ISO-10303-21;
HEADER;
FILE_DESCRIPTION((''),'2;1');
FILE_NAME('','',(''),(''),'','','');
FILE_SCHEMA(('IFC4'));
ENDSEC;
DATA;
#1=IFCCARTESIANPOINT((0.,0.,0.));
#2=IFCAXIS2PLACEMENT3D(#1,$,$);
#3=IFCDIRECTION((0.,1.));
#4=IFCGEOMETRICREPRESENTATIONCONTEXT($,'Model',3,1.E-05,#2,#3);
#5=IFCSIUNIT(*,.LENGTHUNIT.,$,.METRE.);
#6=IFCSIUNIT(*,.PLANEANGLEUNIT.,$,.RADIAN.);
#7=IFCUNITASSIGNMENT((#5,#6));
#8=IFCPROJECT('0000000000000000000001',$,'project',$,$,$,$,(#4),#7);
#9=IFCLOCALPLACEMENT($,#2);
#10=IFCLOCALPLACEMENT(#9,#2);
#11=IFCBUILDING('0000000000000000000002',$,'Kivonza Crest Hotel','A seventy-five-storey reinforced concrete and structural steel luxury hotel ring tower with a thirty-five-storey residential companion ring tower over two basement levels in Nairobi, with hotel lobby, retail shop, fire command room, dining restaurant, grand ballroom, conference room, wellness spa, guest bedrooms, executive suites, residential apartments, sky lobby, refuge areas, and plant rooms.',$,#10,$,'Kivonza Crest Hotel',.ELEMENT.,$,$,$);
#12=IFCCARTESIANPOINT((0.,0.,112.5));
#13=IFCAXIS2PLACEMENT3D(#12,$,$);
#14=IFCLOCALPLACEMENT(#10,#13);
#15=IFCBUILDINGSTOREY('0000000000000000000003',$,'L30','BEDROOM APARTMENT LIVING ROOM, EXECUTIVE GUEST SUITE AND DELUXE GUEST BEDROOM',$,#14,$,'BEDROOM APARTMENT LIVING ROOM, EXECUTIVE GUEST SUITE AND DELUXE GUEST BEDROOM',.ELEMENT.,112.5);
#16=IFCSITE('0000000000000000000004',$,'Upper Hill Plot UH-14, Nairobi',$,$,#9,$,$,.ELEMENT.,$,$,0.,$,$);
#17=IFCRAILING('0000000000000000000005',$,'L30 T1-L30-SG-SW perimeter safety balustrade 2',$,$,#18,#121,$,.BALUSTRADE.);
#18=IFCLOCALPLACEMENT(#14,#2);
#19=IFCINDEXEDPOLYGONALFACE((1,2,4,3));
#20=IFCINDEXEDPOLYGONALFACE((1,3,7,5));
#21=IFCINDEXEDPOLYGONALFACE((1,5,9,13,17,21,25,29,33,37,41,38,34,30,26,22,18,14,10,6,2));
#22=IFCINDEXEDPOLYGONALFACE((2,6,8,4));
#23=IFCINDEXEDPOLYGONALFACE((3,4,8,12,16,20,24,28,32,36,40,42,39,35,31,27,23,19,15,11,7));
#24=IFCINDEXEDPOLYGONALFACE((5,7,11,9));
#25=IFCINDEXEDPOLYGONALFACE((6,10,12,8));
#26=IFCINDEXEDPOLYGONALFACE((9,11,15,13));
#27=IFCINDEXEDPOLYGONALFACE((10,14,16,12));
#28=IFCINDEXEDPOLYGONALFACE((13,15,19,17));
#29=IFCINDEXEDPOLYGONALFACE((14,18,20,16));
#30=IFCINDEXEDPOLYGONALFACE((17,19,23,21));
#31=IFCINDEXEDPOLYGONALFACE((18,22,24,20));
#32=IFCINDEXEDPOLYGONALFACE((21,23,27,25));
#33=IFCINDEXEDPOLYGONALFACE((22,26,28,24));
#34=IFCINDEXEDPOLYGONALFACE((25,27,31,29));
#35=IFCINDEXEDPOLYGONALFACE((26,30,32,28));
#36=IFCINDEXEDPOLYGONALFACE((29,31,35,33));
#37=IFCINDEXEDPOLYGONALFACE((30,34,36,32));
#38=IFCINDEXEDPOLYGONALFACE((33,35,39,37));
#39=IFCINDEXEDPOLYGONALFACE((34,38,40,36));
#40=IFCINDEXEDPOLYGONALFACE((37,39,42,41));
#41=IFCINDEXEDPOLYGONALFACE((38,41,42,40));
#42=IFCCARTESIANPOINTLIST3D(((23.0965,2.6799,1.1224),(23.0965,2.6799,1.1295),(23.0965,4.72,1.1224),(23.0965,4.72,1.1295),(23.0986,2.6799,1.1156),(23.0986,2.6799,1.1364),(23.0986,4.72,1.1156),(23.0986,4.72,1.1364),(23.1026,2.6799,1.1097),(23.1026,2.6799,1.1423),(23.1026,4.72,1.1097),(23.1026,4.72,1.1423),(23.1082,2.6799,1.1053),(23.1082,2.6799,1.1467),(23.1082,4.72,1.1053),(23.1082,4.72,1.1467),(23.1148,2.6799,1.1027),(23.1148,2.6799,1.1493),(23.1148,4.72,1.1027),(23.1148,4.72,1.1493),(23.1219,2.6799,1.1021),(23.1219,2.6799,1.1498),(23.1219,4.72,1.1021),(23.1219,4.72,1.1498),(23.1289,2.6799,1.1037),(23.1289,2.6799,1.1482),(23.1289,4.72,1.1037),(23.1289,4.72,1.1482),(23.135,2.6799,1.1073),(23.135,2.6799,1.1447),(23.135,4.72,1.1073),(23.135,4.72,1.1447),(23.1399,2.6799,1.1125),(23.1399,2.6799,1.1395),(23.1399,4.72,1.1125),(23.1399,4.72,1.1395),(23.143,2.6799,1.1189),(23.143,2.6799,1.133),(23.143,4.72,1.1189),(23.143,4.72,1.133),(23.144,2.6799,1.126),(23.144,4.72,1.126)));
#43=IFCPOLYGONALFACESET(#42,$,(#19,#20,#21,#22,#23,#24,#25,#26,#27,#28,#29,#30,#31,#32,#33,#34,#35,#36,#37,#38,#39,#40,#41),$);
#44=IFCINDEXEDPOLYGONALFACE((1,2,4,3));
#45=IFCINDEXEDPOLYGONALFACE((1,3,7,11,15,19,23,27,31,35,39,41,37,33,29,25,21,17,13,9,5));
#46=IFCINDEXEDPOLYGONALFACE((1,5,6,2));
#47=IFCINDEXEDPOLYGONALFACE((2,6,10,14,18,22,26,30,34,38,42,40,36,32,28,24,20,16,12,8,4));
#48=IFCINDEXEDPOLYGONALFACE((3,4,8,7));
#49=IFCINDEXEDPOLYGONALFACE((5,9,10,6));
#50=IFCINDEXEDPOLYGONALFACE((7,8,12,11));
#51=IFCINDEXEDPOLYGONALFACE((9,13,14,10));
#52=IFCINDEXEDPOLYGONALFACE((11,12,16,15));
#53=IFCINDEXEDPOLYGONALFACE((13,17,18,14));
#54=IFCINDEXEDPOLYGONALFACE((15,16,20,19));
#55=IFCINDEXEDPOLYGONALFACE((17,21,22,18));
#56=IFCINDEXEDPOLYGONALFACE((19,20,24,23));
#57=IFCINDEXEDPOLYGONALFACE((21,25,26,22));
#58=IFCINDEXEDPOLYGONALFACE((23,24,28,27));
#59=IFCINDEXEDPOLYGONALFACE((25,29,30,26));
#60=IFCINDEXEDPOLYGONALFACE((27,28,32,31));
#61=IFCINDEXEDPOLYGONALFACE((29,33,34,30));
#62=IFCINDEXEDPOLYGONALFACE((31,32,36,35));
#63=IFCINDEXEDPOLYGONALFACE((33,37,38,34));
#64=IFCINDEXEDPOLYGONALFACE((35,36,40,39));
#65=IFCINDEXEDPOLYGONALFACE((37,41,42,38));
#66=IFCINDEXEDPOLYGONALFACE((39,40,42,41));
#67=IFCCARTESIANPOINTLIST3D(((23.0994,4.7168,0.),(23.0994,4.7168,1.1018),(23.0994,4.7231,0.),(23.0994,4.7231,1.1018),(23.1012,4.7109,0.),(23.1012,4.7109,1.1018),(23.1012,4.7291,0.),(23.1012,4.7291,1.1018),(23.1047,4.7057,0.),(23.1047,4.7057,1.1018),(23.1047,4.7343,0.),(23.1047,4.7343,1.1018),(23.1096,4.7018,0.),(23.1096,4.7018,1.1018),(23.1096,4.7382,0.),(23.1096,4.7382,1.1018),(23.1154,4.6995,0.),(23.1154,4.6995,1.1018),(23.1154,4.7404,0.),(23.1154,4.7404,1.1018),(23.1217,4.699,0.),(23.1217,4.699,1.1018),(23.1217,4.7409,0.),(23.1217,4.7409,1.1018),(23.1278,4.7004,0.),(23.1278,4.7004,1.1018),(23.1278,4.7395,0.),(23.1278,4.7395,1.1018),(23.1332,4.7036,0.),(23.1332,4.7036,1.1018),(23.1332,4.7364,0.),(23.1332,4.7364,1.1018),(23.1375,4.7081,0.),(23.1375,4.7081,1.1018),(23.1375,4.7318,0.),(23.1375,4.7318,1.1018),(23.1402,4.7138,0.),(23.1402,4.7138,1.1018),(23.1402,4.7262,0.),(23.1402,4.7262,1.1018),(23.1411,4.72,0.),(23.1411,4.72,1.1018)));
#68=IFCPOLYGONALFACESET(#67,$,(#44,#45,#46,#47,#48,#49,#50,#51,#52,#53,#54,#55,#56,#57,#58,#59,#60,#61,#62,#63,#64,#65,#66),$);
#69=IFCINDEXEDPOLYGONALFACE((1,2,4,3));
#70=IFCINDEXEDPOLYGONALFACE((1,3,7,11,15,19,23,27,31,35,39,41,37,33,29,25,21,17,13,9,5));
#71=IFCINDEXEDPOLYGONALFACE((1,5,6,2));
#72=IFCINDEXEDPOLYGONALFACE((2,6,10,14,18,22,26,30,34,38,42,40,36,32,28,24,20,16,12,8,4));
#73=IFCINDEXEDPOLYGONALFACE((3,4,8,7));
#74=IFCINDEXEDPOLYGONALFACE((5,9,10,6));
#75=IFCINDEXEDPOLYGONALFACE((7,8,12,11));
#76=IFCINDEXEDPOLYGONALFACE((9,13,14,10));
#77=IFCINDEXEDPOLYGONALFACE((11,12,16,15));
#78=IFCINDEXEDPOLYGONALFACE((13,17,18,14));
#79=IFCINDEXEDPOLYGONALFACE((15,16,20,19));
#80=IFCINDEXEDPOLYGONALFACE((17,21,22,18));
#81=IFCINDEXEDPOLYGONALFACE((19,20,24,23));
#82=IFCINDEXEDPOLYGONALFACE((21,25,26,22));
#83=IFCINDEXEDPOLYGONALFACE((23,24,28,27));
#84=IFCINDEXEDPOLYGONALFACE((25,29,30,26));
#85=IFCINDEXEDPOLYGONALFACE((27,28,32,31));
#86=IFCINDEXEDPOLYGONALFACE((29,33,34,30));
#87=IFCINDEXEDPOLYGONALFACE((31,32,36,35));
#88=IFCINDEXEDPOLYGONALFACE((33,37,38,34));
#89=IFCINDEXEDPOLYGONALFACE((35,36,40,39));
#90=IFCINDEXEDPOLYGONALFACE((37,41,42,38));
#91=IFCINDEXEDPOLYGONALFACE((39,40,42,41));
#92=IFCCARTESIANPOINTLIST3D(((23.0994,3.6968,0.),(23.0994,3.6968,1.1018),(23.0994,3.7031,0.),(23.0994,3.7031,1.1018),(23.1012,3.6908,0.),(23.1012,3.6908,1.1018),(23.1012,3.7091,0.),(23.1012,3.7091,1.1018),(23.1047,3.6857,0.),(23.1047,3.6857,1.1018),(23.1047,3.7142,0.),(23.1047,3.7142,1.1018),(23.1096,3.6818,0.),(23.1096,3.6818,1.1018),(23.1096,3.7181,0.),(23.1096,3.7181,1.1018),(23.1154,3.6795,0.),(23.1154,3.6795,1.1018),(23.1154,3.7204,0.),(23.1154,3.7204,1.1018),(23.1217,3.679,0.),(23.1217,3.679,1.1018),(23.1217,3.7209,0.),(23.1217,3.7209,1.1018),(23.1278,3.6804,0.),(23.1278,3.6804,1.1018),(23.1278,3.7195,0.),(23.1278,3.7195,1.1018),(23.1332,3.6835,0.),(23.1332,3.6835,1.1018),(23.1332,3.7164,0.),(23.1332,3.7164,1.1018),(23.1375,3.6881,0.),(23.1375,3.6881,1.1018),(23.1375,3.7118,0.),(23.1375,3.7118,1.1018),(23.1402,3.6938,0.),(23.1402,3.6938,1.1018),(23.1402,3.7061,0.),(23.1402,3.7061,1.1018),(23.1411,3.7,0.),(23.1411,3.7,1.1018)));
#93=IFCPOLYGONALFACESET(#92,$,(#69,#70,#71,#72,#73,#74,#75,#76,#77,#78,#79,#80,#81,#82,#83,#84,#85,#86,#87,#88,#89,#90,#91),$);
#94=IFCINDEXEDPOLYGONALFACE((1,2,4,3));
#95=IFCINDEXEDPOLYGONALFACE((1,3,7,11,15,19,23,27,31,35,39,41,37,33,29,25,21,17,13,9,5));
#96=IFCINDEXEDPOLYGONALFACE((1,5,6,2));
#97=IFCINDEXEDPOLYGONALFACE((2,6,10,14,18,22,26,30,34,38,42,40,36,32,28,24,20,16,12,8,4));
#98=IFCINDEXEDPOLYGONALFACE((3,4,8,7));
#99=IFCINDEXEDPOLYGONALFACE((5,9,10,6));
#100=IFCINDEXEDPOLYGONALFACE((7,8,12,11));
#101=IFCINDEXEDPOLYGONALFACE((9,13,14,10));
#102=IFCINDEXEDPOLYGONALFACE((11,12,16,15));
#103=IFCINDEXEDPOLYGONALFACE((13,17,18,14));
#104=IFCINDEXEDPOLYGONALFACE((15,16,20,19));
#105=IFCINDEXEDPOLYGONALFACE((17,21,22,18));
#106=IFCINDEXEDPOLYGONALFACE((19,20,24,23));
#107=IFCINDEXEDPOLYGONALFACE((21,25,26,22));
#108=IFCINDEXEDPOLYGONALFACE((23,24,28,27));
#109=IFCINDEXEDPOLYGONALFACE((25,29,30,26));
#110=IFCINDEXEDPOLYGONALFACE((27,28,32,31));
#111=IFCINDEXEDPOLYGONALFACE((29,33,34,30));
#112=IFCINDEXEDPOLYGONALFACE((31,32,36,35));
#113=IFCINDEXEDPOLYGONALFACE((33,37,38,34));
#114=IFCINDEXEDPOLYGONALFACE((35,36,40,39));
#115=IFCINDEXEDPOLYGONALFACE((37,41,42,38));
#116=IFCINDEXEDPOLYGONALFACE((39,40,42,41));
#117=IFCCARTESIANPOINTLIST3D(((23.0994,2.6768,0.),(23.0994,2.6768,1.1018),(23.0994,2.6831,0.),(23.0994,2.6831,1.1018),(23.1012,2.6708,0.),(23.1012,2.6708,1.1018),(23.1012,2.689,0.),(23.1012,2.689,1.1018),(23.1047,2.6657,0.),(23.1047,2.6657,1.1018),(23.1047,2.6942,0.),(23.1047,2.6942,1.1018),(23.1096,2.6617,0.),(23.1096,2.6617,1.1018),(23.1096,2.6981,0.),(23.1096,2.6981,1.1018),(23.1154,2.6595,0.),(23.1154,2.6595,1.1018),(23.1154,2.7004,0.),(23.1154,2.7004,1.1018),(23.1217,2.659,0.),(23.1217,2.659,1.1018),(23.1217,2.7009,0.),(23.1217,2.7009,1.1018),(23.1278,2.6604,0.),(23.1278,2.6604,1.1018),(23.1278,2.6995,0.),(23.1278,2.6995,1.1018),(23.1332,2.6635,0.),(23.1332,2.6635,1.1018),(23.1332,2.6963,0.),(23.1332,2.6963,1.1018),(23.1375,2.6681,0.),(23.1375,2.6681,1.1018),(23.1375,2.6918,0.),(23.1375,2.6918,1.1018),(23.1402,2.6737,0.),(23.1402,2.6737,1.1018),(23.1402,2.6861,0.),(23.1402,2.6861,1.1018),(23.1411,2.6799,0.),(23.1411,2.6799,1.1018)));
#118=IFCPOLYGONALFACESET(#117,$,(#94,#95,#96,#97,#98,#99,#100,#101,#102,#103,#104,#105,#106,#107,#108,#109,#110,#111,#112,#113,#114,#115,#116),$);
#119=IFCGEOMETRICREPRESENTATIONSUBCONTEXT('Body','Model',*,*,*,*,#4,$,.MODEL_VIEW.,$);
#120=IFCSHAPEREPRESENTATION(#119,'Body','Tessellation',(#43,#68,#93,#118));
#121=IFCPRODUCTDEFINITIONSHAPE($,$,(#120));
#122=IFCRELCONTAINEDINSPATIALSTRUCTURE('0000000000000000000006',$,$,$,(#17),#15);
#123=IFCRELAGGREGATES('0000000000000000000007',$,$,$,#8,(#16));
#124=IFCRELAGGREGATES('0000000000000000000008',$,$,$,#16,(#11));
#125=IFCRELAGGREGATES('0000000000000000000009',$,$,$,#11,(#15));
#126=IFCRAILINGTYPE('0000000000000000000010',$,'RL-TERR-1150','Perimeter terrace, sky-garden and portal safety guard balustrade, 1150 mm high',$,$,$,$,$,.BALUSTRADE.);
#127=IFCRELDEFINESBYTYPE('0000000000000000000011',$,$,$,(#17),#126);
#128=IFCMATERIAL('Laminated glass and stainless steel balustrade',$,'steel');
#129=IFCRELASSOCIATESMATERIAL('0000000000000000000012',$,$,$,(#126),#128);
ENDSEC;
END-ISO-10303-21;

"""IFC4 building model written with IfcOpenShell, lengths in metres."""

from ifc_helpers import new_model, si_unit, direction, frame, origin, origin_2d, place, context, subcontext, project, spatial, circle, extrude, material, type_object, element, save


model = new_model("IFC4")

# Units and contexts
model_context = context("Model", 3, precision=1e-05, world=origin(), true_north=direction((0.0, 1.0)))
body_context = subcontext(model_context, "Body", "Model", "MODEL_VIEW")
ifc_project = project(units=[si_unit("LENGTHUNIT", "METRE"), si_unit("PLANEANGLEUNIT", "RADIAN")], contexts=[model_context])

# Site, building, storey
site_placement = place(None, origin())
site = spatial("IfcSite", under=ifc_project, at=site_placement, Name="Upper Hill Plot UH-14, Nairobi", CompositionType="ELEMENT", RefElevation=0.0)
building_placement = place(site_placement, origin())
building = spatial("IfcBuilding", under=site, at=building_placement, Name="Kivonza Crest Hotel", Description="A seventy-five-storey reinforced concrete and structural steel luxury hotel ring tower with a thirty-five-storey residential companion ring tower over two basement levels in Nairobi, with hotel lobby, retail shop, fire command room, dining restaurant, grand ballroom, conference room, wellness spa, guest bedrooms, executive suites, residential apartments, sky lobby, refuge areas, and plant rooms.", LongName="Kivonza Crest Hotel", CompositionType="ELEMENT")
storey_placement = place(building_placement, frame((0.0, 0.0, 112.5)))
storey = spatial("IfcBuildingStorey", under=building, at=storey_placement, Name="L30", Description="BEDROOM APARTMENT LIVING ROOM, EXECUTIVE GUEST SUITE AND DELUXE GUEST BEDROOM", LongName="BEDROOM APARTMENT LIVING ROOM, EXECUTIVE GUEST SUITE AND DELUXE GUEST BEDROOM", CompositionType="ELEMENT", Elevation=112.5)

# Railing
ifc_material_1 = material(Name="Laminated glass and stainless steel balustrade", Category="steel")
railing_type = type_object("IfcRailingType", Name="RL-TERR-1150", Description="Perimeter terrace, sky-garden and portal safety guard balustrade, 1150 mm high", PredefinedType="BALUSTRADE", material=ifc_material_1)
railing_1_placement = place(storey_placement, frame((23.1201, 4.72, 0.0)))
element("IfcRailing", 1, at=railing_1_placement, inside=storey, type_object=railing_type, Name="L30 T1-L30-SG-SW perimeter safety balustrade 2", PredefinedType="BALUSTRADE", context=body_context, shape_type="SweptSolid", body=[
    extrude(circle(Radius=0.0239, at=origin_2d()), frame((0.0, 0.0, 1.126), z_axis=(0.0, -1.0, 0.0), x_axis=(1.0, 0.0, 0.0)), (0.0, 0.0, 1.0), 2.04),
    extrude(circle(Radius=0.021, at=origin_2d()), origin(), (0.0, 0.0, 1.0), 1.1018),
    extrude(circle(Radius=0.021, at=origin_2d()), frame((0.0, -1.02, 0.0)), (0.0, 0.0, 1.0), 1.1018),
    extrude(circle(Radius=0.021, at=origin_2d()), frame((0.0, -2.04, 0.0)), (0.0, 0.0, 1.0), 1.1018),
])

save(model, "model.ifc")
